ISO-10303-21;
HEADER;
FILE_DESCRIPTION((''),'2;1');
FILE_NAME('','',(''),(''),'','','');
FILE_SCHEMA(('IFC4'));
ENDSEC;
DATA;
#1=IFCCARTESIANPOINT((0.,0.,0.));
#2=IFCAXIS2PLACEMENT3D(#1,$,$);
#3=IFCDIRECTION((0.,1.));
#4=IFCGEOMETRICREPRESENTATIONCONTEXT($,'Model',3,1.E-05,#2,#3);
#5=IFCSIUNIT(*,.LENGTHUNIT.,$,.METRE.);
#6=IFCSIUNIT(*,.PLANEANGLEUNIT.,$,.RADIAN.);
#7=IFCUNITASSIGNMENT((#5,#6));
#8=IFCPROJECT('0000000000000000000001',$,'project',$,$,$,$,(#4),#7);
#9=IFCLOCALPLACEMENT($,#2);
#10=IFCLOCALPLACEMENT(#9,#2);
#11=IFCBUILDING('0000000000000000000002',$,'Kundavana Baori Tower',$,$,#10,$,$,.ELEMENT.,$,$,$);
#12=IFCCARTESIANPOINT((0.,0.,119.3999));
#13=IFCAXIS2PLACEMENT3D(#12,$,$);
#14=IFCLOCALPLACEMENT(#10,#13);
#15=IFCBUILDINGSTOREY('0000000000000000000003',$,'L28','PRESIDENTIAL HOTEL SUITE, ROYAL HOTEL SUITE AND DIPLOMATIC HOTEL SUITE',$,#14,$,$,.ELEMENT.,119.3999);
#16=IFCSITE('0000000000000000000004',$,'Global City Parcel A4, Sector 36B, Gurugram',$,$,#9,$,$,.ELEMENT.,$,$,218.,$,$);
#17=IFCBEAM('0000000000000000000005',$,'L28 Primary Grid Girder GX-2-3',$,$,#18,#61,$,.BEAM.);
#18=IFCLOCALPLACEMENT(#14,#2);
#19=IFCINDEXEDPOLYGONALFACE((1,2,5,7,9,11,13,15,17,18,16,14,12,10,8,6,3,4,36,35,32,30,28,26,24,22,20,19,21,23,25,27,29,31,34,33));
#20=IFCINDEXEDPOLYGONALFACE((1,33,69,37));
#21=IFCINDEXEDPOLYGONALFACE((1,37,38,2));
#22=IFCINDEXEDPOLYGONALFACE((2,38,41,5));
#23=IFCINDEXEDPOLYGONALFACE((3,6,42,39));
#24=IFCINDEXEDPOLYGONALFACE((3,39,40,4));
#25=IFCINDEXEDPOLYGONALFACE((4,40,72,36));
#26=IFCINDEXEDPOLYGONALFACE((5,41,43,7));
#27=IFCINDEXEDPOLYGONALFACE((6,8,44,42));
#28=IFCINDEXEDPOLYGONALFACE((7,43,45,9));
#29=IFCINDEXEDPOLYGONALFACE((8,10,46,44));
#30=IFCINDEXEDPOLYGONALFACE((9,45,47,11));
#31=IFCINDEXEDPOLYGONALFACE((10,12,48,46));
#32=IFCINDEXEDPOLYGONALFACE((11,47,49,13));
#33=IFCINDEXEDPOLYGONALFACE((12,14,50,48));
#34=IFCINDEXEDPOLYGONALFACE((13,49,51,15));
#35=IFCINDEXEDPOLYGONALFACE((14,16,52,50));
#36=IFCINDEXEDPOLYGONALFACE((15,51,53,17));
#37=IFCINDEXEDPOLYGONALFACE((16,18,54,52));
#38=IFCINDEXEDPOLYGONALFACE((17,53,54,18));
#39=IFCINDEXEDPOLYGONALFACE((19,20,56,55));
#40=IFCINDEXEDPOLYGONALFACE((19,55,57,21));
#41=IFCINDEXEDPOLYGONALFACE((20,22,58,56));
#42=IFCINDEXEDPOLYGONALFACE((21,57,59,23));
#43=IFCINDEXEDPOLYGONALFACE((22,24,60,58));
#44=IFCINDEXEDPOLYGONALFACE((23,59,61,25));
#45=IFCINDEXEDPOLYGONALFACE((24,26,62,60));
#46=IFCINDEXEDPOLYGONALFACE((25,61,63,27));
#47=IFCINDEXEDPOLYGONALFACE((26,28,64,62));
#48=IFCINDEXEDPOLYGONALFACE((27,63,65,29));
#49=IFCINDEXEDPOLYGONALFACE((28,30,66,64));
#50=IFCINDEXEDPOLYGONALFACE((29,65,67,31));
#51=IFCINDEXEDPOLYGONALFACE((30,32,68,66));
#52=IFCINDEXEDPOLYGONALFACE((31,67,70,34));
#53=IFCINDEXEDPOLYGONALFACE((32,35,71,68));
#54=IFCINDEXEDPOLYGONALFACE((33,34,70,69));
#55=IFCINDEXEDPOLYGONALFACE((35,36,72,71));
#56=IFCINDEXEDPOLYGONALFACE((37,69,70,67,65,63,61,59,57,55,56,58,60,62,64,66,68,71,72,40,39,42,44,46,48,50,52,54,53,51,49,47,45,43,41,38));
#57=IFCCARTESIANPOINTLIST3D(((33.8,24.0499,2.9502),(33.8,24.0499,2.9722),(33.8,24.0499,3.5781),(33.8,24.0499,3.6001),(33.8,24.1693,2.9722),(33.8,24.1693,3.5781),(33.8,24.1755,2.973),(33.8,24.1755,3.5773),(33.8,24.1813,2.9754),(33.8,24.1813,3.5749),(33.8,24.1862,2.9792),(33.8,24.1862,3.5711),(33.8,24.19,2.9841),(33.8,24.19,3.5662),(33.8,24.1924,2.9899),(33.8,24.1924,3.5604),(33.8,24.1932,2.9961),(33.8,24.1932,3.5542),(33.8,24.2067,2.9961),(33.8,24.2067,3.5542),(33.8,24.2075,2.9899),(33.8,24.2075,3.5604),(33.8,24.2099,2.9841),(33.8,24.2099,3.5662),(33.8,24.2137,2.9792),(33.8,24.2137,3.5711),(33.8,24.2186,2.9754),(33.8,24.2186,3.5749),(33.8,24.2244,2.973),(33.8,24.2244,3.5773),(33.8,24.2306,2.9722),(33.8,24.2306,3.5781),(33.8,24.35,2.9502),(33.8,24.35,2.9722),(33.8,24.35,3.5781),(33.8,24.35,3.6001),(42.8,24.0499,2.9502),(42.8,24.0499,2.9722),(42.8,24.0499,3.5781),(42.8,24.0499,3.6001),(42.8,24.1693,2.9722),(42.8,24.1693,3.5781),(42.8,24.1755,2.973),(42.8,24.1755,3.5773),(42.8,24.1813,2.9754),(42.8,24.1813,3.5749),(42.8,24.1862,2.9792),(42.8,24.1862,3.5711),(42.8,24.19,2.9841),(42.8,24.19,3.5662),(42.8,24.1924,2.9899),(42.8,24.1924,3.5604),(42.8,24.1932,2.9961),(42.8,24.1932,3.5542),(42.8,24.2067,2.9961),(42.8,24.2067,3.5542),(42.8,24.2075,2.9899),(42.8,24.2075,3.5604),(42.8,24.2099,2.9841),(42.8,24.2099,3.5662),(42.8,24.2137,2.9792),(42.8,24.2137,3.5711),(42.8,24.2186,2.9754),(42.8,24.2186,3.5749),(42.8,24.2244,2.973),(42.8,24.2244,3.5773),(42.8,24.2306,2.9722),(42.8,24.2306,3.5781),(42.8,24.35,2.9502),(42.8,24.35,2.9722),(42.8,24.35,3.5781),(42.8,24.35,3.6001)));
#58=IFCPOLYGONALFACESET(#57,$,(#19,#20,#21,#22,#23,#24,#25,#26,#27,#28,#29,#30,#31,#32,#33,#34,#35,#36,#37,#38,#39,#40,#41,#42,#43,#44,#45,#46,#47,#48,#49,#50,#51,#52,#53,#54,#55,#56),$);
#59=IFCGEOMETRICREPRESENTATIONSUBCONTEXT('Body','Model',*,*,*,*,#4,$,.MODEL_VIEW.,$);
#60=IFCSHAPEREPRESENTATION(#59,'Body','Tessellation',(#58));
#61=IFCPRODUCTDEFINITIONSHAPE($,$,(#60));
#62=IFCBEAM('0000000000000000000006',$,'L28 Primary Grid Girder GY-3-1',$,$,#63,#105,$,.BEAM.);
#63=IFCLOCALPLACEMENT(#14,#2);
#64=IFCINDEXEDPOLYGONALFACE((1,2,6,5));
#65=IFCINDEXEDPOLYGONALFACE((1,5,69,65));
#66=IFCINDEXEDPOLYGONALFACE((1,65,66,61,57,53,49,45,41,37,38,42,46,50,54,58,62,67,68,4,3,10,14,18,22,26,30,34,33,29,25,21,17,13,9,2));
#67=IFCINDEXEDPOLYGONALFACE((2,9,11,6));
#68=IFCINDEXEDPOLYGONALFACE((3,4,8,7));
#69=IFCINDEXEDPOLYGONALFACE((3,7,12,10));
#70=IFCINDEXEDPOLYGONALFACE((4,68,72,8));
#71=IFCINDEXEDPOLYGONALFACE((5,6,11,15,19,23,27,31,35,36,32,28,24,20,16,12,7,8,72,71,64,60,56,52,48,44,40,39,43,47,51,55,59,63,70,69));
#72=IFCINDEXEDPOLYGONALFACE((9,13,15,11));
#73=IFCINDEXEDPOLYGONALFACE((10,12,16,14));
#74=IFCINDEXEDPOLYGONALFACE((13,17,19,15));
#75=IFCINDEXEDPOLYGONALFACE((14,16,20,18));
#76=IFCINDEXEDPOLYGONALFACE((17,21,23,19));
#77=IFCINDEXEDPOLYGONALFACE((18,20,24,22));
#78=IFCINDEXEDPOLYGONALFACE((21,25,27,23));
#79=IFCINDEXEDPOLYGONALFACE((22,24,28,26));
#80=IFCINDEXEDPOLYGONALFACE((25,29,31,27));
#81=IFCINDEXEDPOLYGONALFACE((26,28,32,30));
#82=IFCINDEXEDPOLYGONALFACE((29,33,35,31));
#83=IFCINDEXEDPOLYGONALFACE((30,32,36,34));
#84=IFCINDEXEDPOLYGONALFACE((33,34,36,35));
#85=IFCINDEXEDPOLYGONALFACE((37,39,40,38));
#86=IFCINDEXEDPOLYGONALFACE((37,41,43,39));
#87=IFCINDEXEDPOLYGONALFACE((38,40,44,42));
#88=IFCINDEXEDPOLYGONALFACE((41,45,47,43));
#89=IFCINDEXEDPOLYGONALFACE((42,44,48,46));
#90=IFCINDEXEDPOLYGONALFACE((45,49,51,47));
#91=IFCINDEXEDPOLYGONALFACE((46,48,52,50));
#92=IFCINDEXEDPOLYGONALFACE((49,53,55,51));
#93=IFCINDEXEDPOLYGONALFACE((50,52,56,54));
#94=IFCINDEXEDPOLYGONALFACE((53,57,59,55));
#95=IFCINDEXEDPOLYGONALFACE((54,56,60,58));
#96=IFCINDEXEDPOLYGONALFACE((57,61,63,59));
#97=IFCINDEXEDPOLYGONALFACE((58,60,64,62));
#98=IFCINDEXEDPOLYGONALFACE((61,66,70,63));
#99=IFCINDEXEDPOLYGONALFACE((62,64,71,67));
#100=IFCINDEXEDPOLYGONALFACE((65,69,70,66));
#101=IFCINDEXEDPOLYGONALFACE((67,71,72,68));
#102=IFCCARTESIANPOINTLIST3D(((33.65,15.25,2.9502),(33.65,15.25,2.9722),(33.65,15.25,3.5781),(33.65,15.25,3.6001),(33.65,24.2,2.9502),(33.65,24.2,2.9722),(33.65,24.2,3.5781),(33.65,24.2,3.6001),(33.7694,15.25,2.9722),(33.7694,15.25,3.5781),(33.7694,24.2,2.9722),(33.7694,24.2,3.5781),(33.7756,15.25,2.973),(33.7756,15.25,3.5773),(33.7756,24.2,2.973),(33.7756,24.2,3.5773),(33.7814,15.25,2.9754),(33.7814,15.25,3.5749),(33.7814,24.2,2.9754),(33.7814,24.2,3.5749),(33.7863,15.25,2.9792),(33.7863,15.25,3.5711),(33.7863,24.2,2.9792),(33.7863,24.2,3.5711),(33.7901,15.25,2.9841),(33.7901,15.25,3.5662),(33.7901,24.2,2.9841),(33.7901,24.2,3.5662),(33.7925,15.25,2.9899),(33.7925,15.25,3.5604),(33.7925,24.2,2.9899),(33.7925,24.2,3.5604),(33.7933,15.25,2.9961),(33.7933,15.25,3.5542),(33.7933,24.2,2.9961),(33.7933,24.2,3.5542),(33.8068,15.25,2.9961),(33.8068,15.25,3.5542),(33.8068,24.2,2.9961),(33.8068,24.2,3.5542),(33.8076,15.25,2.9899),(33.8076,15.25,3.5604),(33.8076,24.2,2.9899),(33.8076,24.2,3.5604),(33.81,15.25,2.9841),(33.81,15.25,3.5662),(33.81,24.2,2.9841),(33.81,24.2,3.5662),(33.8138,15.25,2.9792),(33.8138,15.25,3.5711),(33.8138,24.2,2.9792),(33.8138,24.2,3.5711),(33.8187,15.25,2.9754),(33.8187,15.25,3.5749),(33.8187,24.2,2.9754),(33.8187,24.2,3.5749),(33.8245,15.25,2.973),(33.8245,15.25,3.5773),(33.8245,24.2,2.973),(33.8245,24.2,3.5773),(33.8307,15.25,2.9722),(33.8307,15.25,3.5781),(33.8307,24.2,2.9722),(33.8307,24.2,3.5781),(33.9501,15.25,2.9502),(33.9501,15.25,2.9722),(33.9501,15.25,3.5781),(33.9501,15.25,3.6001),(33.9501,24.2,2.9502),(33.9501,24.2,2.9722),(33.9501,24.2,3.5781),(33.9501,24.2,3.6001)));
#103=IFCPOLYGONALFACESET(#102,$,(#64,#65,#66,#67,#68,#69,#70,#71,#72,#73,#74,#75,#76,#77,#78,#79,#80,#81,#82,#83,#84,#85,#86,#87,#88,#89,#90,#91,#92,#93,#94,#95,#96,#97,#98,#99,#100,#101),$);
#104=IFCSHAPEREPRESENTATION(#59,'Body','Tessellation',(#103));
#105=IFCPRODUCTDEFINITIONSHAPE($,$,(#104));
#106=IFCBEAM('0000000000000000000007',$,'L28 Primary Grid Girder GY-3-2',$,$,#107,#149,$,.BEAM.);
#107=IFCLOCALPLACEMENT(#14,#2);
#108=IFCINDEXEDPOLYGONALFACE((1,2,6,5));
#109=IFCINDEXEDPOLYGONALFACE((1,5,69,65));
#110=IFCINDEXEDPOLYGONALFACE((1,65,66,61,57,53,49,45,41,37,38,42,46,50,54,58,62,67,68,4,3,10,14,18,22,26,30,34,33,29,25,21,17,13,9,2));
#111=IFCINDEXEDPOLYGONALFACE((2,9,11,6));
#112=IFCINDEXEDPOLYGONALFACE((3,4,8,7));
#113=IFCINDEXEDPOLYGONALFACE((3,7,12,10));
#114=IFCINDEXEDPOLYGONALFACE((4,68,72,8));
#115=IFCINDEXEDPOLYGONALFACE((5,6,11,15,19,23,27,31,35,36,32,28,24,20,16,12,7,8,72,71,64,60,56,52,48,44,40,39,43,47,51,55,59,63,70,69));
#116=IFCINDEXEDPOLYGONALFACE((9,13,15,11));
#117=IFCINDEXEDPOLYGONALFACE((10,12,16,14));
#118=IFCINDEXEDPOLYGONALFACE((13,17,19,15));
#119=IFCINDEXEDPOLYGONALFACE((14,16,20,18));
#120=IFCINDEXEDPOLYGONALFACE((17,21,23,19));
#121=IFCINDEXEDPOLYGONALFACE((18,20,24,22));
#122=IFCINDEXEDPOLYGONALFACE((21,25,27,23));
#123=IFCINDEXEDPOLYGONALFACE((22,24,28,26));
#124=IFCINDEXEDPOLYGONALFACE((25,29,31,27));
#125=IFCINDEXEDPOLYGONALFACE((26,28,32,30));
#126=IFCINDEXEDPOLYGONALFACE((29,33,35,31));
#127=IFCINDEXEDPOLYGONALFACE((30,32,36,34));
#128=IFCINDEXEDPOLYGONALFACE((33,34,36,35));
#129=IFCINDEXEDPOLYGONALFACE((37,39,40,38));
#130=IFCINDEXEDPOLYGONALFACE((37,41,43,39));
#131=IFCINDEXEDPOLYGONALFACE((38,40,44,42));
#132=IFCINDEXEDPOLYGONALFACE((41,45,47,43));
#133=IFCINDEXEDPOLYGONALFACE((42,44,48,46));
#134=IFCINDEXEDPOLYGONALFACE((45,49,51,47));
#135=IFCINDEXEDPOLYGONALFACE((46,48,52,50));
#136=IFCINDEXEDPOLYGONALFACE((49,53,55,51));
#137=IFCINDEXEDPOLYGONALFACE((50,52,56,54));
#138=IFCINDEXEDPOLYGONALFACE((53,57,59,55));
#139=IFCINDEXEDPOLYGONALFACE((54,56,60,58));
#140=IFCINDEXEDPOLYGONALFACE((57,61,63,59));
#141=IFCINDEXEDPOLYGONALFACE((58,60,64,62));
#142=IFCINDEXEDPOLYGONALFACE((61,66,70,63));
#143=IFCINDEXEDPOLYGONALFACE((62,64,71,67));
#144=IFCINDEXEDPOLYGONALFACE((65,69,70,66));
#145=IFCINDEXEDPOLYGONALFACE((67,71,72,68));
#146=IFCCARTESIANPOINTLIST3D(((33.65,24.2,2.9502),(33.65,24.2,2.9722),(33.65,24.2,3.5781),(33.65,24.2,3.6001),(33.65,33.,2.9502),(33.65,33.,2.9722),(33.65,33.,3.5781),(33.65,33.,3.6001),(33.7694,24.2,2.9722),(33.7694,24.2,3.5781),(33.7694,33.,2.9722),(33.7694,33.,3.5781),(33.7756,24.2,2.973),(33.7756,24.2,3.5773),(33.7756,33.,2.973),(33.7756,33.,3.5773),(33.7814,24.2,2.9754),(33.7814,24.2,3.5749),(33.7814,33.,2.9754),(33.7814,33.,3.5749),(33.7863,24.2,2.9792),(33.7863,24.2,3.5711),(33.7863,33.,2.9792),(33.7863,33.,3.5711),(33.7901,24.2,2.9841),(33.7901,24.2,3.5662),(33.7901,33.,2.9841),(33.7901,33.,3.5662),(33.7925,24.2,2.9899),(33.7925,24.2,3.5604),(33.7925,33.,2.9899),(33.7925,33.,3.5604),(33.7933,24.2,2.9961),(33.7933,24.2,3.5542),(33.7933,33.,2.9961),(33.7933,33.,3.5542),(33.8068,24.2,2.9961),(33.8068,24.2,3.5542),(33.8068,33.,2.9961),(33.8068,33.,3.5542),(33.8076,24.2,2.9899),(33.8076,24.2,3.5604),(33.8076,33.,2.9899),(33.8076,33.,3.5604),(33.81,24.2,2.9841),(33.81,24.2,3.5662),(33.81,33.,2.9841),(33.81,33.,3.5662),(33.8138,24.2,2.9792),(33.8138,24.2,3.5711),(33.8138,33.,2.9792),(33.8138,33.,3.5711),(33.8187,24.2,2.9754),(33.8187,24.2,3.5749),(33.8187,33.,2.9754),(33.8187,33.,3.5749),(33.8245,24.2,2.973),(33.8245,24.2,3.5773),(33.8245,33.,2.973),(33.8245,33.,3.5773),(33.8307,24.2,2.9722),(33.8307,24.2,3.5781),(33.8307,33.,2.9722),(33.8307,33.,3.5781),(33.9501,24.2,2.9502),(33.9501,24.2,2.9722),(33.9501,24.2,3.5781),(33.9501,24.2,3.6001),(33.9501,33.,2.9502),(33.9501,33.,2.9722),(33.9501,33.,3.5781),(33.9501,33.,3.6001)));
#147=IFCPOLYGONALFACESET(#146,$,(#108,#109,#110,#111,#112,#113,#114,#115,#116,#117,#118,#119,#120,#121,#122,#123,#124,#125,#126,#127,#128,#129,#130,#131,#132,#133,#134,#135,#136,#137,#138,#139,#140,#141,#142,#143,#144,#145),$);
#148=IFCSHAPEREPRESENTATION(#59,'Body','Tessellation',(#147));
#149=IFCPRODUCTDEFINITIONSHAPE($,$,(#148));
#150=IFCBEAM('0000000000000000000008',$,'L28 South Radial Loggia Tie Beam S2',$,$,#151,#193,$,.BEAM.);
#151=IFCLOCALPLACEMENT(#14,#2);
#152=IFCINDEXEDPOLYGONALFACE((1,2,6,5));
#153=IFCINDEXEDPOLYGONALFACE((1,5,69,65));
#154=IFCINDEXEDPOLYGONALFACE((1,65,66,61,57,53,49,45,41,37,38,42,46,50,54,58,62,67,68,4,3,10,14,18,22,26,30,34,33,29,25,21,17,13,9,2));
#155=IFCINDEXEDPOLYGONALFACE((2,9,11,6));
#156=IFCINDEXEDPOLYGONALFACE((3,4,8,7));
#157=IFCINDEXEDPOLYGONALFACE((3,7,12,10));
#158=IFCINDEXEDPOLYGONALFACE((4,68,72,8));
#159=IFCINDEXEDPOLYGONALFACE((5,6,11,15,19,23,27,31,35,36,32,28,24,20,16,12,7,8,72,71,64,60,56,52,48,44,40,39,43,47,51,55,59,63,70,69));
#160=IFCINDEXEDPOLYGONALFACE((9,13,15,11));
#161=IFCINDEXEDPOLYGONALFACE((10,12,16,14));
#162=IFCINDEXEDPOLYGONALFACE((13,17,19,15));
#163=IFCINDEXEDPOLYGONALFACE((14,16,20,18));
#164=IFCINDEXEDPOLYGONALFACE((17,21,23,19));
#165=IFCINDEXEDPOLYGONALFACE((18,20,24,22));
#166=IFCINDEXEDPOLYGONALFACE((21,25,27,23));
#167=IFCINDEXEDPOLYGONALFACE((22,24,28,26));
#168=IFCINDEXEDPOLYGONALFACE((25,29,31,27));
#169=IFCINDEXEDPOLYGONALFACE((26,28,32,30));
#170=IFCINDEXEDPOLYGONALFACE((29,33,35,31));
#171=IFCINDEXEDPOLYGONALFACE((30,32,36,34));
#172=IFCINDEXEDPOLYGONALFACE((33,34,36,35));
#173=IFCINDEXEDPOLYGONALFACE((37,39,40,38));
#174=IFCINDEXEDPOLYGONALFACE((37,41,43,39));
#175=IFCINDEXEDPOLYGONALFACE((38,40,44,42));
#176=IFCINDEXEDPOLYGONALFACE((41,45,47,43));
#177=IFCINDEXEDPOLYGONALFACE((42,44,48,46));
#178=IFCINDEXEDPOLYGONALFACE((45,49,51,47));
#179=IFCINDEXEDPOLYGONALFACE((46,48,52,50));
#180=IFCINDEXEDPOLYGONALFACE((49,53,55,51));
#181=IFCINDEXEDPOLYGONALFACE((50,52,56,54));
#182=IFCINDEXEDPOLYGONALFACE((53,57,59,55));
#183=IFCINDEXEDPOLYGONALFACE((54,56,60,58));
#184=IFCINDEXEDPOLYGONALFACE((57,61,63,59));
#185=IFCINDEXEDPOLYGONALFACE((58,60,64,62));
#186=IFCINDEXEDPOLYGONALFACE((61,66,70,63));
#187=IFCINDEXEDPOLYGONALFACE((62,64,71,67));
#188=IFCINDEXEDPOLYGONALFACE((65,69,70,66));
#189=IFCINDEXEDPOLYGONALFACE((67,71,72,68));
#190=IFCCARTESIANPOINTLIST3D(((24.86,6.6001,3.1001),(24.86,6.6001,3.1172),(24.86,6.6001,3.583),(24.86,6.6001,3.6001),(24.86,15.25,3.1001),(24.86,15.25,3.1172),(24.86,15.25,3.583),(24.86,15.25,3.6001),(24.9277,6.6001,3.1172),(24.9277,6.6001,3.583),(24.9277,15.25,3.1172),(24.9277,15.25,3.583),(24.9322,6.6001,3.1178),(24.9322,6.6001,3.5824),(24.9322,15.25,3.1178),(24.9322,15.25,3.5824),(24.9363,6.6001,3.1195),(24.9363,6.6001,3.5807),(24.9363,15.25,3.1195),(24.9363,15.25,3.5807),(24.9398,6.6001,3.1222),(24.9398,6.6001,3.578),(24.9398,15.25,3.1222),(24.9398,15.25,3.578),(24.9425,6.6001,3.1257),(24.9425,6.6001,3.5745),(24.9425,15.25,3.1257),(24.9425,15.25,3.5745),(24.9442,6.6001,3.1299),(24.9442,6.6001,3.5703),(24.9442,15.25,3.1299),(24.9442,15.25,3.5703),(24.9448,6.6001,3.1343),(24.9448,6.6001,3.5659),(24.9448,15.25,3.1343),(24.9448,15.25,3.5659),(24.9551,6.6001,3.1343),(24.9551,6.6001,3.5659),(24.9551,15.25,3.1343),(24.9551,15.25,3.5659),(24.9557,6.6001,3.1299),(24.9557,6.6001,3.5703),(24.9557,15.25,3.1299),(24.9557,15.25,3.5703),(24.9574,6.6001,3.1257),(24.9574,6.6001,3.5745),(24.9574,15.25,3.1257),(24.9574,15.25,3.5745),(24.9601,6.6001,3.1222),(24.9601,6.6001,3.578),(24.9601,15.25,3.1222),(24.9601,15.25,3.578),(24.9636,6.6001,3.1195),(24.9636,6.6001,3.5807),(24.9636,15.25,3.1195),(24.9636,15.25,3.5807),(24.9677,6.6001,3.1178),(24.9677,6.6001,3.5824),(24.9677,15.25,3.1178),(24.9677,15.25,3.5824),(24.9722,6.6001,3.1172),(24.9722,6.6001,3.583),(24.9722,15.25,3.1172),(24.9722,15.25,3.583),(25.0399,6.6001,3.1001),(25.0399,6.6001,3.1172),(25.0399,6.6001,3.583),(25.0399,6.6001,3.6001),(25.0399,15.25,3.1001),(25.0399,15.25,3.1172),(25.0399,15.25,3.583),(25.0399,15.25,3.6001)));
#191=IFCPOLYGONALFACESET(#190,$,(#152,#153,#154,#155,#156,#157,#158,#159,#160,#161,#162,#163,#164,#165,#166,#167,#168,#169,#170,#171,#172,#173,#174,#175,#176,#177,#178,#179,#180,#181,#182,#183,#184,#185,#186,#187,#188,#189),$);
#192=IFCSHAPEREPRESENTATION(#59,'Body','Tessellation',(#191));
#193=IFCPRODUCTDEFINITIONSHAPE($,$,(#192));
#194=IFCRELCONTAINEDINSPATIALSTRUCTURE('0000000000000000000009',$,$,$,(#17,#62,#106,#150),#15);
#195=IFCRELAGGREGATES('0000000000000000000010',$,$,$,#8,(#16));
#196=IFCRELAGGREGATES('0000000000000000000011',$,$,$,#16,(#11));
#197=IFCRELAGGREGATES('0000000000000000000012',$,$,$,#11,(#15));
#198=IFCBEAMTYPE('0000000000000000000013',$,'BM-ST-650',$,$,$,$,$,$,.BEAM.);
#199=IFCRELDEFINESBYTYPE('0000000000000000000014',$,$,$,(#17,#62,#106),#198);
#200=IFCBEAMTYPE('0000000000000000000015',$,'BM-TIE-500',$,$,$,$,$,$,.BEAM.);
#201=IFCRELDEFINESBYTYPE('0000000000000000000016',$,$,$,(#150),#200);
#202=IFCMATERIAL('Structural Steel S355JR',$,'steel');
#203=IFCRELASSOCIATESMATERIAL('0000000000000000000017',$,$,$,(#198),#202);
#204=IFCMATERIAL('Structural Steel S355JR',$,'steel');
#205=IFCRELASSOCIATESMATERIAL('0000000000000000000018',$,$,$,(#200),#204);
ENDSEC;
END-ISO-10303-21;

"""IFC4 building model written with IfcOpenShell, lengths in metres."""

from ifc_helpers import new_model, si_unit, direction, frame, origin, origin_2d, place, context, subcontext, project, spatial, i_section, extrude, material, material_profile, profile_set, type_object, element, save


model = new_model("IFC4")

# Units and contexts
model_context = context("Model", 3, precision=1e-05, world=origin(), true_north=direction((0.0, 1.0)))
body_context = subcontext(model_context, "Body", "Model", "MODEL_VIEW")
ifc_project = project(units=[si_unit("LENGTHUNIT", "METRE"), si_unit("PLANEANGLEUNIT", "RADIAN")], contexts=[model_context])

# Site, building, storey
site_placement = place(None, origin())
site = spatial("IfcSite", under=ifc_project, at=site_placement, Name="Global City Parcel A4, Sector 36B, Gurugram", CompositionType="ELEMENT", RefElevation=218.0)
building_placement = place(site_placement, origin())
building = spatial("IfcBuilding", under=site, at=building_placement, Name="Kundavana Baori Tower", CompositionType="ELEMENT")
storey_placement = place(building_placement, frame((0.0, 0.0, 119.3999)))
storey = spatial("IfcBuildingStorey", under=building, at=storey_placement, Name="L28", Description="PRESIDENTIAL HOTEL SUITE, ROYAL HOTEL SUITE AND DIPLOMATIC HOTEL SUITE", CompositionType="ELEMENT", Elevation=119.3999)

# Beams
ifc_material_1 = material(Name="Structural Steel S355JR", Category="steel")
ifc_material_profile_1 = material_profile(ifc_material_1, i_section(OverallWidth=0.3, OverallDepth=0.6499, WebThickness=0.0134, FlangeThickness=0.022, FilletRadius=0.0239, at=origin_2d()), Name="NPB 650x300x155")
ifc_profile_set_1 = profile_set([ifc_material_profile_1], Name="Structural Steel S355JR")
beam_type_1 = type_object("IfcBeamType", Name="BM-ST-650", PredefinedType="BEAM", material=ifc_profile_set_1)
for number, where, z_axis, x_axis, name in (
    (1, (33.8, 24.2, 3.2751), (1.0, 0.0, 0.0), (0.0, 1.0, 0.0), "L28 Primary Grid Girder GX-2-3"),
):
    element("IfcBeam", number, at=place(storey_placement, frame(where, z_axis=z_axis, x_axis=x_axis)), inside=storey, type_object=beam_type_1, Name=name, PredefinedType="BEAM", context=body_context, shape_type="SweptSolid", body=[
        extrude(i_section(OverallWidth=0.3, OverallDepth=0.6499, WebThickness=0.0134, FlangeThickness=0.022, FilletRadius=0.0239, at=origin_2d()), origin(), (0.0, 0.0, 1.0), 9.0),
    ])
beam_1_placement = place(storey_placement, frame((33.8, 15.25, 3.2751), z_axis=(0.0, 1.0, 0.0), x_axis=(-1.0, 0.0, 0.0)))
element("IfcBeam", 2, at=beam_1_placement, inside=storey, type_object=beam_type_1, Name="L28 Primary Grid Girder GY-3-1", PredefinedType="BEAM", context=body_context, shape_type="SweptSolid", body=[
    extrude(i_section(OverallWidth=0.3, OverallDepth=0.6499, WebThickness=0.0134, FlangeThickness=0.022, FilletRadius=0.0239, at=origin_2d()), origin(), (0.0, 0.0, 1.0), 8.95),
])
beam_2_placement = place(storey_placement, frame((33.8, 24.2, 3.2751), z_axis=(0.0, 1.0, 0.0), x_axis=(-1.0, 0.0, 0.0)))
element("IfcBeam", 3, at=beam_2_placement, inside=storey, type_object=beam_type_1, Name="L28 Primary Grid Girder GY-3-2", PredefinedType="BEAM", context=body_context, shape_type="SweptSolid", body=[
    extrude(i_section(OverallWidth=0.3, OverallDepth=0.6499, WebThickness=0.0134, FlangeThickness=0.022, FilletRadius=0.0239, at=origin_2d()), origin(), (0.0, 0.0, 1.0), 8.8),
])
ifc_material_2 = material(Name="Structural Steel S355JR", Category="steel")
ifc_material_profile_2 = material_profile(ifc_material_2, i_section(OverallWidth=0.1799, OverallDepth=0.5, WebThickness=0.0103, FlangeThickness=0.0171, FilletRadius=0.0171, at=origin_2d()), Name="ISMB 500")
ifc_profile_set_2 = profile_set([ifc_material_profile_2], Name="Structural Steel S355JR")
beam_type_2 = type_object("IfcBeamType", Name="BM-TIE-500", PredefinedType="BEAM", material=ifc_profile_set_2)
for number, where, z_axis, x_axis, name in (
    (4, (24.95, 15.25, 3.3501), (0.0, -1.0, 0.0), (1.0, 0.0, 0.0), "L28 South Radial Loggia Tie Beam S2"),
):
    element("IfcBeam", number, at=place(storey_placement, frame(where, z_axis=z_axis, x_axis=x_axis)), inside=storey, type_object=beam_type_2, Name=name, PredefinedType="BEAM", context=body_context, shape_type="SweptSolid", body=[
        extrude(i_section(OverallWidth=0.1799, OverallDepth=0.5, WebThickness=0.0103, FlangeThickness=0.0171, FilletRadius=0.0171, at=origin_2d()), origin(), (0.0, 0.0, 1.0), 8.6499),
    ])

save(model, "model.ifc")
